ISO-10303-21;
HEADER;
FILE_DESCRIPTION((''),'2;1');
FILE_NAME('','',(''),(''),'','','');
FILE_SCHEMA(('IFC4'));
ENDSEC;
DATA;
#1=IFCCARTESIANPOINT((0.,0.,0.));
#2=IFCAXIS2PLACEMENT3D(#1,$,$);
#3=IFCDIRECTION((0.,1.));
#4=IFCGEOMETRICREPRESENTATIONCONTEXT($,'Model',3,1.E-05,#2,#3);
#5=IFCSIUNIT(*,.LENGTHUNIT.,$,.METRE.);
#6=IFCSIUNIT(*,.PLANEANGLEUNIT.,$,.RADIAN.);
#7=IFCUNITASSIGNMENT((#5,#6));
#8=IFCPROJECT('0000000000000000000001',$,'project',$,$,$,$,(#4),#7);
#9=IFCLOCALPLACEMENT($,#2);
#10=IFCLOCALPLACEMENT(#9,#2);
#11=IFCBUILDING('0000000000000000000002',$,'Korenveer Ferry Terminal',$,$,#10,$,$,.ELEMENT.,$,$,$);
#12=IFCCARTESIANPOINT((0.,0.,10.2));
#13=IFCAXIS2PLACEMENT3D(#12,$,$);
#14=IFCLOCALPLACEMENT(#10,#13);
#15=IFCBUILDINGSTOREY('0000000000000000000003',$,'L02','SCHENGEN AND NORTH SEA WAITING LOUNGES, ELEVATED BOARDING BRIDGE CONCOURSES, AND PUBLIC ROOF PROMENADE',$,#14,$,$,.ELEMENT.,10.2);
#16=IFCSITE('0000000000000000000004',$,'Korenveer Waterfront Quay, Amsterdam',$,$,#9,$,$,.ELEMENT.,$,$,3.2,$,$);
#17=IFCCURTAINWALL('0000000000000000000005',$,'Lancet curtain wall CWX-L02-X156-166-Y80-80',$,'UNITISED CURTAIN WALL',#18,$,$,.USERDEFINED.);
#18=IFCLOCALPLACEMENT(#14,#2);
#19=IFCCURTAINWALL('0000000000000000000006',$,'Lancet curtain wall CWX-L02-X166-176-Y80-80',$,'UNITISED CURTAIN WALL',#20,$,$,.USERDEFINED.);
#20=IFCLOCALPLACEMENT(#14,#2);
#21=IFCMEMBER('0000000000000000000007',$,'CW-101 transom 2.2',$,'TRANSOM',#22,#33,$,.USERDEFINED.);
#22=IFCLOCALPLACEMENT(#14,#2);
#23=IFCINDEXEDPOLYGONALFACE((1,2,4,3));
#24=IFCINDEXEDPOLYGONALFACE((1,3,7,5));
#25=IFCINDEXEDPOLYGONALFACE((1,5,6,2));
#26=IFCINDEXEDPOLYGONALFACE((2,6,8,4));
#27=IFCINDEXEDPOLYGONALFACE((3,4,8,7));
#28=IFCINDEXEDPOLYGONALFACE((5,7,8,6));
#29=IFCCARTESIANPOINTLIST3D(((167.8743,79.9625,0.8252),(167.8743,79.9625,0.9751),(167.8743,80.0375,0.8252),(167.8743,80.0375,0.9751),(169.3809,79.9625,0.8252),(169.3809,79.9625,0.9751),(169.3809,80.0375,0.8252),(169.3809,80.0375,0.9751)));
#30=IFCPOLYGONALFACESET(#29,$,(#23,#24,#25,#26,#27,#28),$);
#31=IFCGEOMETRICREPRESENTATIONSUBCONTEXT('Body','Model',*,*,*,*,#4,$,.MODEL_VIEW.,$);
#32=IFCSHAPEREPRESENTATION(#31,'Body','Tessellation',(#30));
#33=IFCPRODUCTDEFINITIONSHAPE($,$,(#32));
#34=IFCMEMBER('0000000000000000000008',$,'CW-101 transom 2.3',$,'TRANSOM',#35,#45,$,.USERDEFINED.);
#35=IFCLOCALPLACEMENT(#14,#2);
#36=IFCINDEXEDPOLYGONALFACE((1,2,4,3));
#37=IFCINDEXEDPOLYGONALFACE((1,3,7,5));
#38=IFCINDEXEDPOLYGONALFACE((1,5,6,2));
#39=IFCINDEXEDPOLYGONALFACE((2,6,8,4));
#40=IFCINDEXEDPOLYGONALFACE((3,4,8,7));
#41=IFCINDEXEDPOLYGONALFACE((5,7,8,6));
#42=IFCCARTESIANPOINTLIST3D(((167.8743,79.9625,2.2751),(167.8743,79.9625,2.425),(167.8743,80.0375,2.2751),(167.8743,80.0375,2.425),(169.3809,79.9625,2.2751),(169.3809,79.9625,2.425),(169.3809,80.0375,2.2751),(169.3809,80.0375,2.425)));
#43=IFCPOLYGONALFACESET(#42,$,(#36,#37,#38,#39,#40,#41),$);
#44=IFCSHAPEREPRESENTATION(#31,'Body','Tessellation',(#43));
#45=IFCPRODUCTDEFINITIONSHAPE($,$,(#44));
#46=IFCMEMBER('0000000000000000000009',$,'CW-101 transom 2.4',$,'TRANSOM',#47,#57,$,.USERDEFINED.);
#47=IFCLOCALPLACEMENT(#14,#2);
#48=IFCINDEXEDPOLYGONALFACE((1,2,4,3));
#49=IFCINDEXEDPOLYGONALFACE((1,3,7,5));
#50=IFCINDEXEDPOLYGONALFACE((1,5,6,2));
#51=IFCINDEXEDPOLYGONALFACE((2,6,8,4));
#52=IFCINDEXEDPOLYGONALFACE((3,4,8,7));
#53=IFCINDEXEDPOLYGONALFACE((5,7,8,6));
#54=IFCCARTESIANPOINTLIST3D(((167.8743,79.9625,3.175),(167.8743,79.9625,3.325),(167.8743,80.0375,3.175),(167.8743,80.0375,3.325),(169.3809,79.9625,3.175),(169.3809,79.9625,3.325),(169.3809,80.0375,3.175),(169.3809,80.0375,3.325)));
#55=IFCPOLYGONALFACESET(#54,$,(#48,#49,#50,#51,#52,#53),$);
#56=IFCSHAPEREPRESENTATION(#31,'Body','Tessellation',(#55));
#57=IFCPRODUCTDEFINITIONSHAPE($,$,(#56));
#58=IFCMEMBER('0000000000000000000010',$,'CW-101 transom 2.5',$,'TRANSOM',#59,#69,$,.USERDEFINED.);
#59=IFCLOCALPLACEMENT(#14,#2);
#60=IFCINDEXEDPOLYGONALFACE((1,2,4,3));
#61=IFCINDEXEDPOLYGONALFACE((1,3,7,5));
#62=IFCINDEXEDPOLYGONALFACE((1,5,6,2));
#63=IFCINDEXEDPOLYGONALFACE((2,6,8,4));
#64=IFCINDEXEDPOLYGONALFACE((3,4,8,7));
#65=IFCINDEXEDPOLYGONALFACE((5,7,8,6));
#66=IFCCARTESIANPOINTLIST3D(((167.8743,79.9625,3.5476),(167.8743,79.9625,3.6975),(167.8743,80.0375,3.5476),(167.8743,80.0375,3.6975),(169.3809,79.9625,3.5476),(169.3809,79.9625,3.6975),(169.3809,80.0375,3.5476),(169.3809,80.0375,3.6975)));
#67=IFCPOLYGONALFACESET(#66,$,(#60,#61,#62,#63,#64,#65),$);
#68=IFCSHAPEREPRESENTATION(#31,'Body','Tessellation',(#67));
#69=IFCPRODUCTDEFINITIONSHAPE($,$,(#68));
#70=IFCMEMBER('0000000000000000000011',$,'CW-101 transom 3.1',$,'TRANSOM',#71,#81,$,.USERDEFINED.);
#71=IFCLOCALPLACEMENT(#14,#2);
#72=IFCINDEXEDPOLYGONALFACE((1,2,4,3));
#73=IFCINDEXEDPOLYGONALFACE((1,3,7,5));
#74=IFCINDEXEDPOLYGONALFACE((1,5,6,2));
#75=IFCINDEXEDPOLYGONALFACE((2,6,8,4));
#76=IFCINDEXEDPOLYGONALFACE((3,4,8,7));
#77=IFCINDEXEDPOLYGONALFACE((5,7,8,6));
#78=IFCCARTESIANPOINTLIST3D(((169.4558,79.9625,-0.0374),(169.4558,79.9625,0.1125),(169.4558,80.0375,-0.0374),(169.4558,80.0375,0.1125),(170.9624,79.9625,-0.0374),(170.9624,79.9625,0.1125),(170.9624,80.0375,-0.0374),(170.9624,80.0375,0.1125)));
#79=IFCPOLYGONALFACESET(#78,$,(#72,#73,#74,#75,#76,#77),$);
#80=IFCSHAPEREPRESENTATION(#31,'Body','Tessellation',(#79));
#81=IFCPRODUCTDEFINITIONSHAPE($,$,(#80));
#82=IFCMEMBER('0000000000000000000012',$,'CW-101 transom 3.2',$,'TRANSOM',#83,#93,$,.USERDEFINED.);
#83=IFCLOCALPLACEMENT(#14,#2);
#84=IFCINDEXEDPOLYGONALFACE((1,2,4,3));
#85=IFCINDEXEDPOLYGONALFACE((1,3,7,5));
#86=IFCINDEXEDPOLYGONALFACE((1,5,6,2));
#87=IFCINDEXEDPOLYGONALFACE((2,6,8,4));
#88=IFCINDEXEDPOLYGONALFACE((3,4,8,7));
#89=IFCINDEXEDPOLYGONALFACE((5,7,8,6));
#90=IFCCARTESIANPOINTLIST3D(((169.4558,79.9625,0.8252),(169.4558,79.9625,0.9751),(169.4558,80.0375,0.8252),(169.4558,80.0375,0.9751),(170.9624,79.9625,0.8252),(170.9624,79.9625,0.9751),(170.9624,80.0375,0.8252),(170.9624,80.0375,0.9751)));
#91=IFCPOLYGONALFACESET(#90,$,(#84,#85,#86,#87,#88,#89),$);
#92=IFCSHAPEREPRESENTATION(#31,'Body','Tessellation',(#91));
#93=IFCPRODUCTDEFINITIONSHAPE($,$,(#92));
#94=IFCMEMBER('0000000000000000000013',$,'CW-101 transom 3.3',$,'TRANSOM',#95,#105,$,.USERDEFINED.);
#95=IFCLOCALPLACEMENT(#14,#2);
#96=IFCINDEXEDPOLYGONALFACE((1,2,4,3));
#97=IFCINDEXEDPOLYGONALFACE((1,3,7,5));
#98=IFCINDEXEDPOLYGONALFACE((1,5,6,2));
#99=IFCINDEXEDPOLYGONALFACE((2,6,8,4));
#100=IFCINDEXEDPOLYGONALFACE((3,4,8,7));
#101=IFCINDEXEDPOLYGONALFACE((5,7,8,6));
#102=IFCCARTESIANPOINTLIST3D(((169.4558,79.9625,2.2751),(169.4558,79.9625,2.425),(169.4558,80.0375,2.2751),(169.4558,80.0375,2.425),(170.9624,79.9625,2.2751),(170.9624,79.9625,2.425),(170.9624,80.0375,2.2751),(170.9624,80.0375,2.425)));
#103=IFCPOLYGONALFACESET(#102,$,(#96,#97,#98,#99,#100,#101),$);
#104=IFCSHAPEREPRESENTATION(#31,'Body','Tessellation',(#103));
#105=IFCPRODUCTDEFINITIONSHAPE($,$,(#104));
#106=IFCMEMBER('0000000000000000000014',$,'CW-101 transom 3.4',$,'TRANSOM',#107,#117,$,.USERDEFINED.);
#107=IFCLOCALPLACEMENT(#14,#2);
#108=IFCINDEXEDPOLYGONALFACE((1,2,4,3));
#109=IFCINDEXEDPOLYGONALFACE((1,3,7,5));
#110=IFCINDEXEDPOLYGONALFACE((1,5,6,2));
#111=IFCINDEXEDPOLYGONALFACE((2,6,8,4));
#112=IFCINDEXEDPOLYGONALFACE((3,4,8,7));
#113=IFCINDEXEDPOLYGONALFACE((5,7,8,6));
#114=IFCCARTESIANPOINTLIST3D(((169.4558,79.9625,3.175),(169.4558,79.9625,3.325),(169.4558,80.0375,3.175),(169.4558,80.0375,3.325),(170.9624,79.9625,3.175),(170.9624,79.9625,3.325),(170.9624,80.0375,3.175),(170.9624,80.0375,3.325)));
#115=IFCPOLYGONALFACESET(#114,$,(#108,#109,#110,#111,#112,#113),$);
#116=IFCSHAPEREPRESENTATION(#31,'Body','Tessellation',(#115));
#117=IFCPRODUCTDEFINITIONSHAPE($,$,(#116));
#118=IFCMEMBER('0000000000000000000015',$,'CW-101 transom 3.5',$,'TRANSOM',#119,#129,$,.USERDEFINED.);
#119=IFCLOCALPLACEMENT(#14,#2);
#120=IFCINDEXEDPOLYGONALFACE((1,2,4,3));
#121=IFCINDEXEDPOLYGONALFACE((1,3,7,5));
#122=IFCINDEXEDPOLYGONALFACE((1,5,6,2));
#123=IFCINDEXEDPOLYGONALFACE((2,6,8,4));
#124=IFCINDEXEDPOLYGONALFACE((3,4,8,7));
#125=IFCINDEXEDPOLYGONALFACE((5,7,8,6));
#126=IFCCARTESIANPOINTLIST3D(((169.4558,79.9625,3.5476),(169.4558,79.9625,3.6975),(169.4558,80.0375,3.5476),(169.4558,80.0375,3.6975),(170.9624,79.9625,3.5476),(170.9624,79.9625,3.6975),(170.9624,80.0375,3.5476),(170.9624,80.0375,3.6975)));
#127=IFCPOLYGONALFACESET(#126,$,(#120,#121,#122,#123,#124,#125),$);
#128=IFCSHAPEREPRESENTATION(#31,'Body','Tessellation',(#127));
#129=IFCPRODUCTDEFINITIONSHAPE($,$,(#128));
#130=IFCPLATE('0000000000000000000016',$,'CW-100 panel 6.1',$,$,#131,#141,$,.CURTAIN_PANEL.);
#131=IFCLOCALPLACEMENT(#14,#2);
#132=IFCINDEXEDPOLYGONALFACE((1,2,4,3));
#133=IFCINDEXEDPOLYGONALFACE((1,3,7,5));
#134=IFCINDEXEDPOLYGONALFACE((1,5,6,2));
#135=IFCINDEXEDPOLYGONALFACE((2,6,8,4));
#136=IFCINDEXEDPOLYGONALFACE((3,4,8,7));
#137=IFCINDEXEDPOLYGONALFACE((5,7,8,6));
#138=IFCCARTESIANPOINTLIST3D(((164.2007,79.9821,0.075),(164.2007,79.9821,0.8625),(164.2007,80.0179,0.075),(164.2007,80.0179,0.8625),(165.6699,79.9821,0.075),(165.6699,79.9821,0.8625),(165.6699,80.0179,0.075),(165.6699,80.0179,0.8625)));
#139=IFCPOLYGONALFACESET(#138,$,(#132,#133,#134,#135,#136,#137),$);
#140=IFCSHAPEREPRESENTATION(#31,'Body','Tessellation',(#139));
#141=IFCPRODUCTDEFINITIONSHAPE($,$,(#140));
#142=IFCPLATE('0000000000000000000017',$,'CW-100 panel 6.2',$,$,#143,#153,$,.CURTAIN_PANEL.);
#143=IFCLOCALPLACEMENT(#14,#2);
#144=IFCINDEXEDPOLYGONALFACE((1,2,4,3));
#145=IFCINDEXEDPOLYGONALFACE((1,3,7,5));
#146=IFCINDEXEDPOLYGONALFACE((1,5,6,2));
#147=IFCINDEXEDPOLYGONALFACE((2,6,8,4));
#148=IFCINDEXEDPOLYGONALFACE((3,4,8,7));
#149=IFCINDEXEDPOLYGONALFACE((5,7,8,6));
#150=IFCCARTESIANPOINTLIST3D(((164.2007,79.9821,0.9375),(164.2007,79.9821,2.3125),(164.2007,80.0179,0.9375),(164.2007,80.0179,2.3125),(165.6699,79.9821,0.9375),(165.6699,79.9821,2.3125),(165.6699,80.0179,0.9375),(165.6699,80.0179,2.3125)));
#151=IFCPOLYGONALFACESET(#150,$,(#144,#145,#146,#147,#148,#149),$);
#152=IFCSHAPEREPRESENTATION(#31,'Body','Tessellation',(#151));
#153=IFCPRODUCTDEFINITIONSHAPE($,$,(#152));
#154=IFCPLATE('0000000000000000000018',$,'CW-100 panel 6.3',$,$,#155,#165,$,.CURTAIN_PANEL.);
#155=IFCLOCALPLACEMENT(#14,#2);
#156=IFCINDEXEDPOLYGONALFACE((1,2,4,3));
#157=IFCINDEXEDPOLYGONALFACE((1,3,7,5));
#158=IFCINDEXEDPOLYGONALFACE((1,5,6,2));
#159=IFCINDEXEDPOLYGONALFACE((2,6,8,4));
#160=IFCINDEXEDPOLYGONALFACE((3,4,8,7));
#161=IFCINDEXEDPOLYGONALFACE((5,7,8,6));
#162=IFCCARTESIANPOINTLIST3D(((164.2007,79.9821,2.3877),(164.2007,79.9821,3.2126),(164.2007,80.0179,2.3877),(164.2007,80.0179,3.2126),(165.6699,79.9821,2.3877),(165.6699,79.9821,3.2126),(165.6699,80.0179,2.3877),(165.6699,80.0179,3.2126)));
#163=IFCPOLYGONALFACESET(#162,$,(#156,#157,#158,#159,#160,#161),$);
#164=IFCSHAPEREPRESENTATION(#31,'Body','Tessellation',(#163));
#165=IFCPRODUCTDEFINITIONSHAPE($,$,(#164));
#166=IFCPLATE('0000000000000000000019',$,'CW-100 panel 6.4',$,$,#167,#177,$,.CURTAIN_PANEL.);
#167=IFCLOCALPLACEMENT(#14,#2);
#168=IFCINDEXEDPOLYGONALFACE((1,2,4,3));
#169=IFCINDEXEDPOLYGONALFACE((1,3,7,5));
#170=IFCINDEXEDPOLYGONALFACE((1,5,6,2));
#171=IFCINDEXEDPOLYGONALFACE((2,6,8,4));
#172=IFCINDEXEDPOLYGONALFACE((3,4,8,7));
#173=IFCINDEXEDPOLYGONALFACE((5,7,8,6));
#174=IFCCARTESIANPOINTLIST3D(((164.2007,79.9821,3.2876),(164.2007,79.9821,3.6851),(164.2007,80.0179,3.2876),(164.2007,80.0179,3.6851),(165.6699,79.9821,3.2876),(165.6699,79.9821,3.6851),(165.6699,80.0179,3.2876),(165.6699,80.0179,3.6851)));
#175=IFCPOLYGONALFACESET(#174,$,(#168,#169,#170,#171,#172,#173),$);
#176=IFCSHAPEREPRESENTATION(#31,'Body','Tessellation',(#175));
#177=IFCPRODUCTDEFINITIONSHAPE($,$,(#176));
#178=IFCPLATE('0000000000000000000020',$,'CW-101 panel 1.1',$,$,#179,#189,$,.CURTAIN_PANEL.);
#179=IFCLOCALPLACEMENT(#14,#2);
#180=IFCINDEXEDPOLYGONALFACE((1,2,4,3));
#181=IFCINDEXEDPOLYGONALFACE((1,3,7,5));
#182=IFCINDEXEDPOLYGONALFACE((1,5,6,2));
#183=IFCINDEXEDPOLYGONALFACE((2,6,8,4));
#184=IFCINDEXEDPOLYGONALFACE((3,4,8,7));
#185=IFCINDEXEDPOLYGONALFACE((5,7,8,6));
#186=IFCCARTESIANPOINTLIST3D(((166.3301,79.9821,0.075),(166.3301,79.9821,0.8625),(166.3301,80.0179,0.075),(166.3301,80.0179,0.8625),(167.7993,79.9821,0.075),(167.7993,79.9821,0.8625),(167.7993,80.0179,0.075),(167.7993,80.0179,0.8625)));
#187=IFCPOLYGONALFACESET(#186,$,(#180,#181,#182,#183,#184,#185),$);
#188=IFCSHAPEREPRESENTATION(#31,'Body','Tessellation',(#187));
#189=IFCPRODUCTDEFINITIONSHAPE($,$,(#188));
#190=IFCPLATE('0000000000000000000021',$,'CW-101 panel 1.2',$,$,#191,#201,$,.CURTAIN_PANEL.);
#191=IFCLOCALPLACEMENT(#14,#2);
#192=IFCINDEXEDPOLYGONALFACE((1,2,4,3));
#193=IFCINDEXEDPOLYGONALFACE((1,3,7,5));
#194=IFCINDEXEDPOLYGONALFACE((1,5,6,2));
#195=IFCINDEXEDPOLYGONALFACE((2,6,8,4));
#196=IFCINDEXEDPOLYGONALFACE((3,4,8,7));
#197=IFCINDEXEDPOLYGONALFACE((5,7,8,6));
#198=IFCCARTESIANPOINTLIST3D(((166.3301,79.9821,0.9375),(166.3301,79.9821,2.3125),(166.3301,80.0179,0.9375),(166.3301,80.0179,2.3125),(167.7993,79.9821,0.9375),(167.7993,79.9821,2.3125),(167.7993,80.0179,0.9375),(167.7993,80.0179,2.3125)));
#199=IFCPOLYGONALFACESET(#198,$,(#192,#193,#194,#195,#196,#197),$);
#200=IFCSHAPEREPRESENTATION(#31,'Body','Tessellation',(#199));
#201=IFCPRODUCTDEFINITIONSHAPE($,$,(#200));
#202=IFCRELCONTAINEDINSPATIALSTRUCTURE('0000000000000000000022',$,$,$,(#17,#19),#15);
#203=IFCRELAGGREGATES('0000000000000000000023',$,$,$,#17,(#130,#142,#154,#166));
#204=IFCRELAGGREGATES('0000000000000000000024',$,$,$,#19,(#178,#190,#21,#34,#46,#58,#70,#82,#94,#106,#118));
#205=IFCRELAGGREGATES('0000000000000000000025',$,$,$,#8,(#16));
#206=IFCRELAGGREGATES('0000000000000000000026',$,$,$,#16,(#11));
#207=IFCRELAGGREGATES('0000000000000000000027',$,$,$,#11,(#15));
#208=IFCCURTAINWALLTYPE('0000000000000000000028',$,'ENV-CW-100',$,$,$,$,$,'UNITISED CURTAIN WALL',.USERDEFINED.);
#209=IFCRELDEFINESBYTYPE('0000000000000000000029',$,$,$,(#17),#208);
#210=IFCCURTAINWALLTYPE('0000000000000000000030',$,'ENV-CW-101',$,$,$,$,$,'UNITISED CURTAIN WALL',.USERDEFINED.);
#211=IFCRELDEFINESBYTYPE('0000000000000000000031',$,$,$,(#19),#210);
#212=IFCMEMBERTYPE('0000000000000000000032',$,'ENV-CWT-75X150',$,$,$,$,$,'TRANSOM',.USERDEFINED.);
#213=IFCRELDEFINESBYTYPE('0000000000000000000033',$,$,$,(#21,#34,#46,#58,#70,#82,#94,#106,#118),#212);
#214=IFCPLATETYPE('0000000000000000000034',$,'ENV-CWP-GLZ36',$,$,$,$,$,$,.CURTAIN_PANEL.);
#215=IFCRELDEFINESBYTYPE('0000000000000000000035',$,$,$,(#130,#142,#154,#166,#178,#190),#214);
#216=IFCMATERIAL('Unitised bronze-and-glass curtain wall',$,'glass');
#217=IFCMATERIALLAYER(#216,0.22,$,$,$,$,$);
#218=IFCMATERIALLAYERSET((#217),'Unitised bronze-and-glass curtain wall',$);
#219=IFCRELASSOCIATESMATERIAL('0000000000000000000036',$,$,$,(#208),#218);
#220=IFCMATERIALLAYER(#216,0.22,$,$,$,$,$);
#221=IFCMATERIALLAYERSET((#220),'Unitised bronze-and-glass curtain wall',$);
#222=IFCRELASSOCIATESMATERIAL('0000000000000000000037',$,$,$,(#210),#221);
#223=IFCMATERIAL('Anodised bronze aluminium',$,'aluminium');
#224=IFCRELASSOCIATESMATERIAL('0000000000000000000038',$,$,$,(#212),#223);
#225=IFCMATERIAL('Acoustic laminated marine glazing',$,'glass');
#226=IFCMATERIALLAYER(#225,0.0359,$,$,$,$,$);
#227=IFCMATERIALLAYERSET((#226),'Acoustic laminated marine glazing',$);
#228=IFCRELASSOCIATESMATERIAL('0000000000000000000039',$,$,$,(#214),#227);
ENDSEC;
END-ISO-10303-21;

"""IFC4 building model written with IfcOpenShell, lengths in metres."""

from ifc_helpers import new_model, si_unit, direction, frame, origin, origin_2d, place, context, subcontext, project, spatial, rectangle, extrude, material, layer, layer_set, material_profile, profile_set, type_object, element, aggregate, save


model = new_model("IFC4")

# Units and contexts
model_context = context("Model", 3, precision=1e-05, world=origin(), true_north=direction((0.0, 1.0)))
body_context = subcontext(model_context, "Body", "Model", "MODEL_VIEW")
ifc_project = project(units=[si_unit("LENGTHUNIT", "METRE"), si_unit("PLANEANGLEUNIT", "RADIAN")], contexts=[model_context])

# Site, building, storey
site_placement = place(None, origin())
site = spatial("IfcSite", under=ifc_project, at=site_placement, Name="Korenveer Waterfront Quay, Amsterdam", CompositionType="ELEMENT", RefElevation=3.2)
building_placement = place(site_placement, origin())
building = spatial("IfcBuilding", under=site, at=building_placement, Name="Korenveer Ferry Terminal", CompositionType="ELEMENT")
storey_placement = place(building_placement, frame((0.0, 0.0, 10.2)))
storey = spatial("IfcBuildingStorey", under=building, at=storey_placement, Name="L02", Description="SCHENGEN AND NORTH SEA WAITING LOUNGES, ELEVATED BOARDING BRIDGE CONCOURSES, AND PUBLIC ROOF PROMENADE", CompositionType="ELEMENT", Elevation=10.2)

# Curtain wall
ifc_material_1 = material(Name="Unitised bronze-and-glass curtain wall", Category="glass")
ifc_layer_1 = layer(ifc_material_1, 0.22)
ifc_layer_set_1 = layer_set([ifc_layer_1], Name="Unitised bronze-and-glass curtain wall")
curtain_wall_type_1 = type_object("IfcCurtainWallType", Name="ENV-CW-100", ElementType="UNITISED CURTAIN WALL", PredefinedType="USERDEFINED", material=ifc_layer_set_1)
curtain_wall_1_placement = place(storey_placement, frame((156.2549, 80.0, 0.0)))
curtain_wall_1 = element("IfcCurtainWall", 1, at=curtain_wall_1_placement, inside=storey, type_object=curtain_wall_type_1, Name="Lancet curtain wall CWX-L02-X156-166-Y80-80", ObjectType="UNITISED CURTAIN WALL", PredefinedType="USERDEFINED")
ifc_material_2 = material(Name="Anodised bronze aluminium", Category="aluminium")

# Curtain wall
ifc_layer_2 = layer(ifc_material_1, 0.22)
ifc_layer_set_2 = layer_set([ifc_layer_2], Name="Unitised bronze-and-glass curtain wall")
curtain_wall_type_2 = type_object("IfcCurtainWallType", Name="ENV-CW-101", ElementType="UNITISED CURTAIN WALL", PredefinedType="USERDEFINED", material=ifc_layer_set_2)
curtain_wall_2_placement = place(storey_placement, frame((166.2549, 80.0, 0.0)))
curtain_wall_2 = element("IfcCurtainWall", 2, at=curtain_wall_2_placement, inside=storey, type_object=curtain_wall_type_2, Name="Lancet curtain wall CWX-L02-X166-176-Y80-80", ObjectType="UNITISED CURTAIN WALL", PredefinedType="USERDEFINED")

# Members
ifc_material_profile_1 = material_profile(ifc_material_2, rectangle(XDim=0.075, YDim=0.1499, at=origin_2d()), Name="ALU 75x150")
ifc_profile_set_1 = profile_set([ifc_material_profile_1], Name="Anodised bronze aluminium")
member_type_1 = type_object("IfcMemberType", Name="ENV-CWT-75X150", ElementType="TRANSOM", PredefinedType="USERDEFINED", material=ifc_profile_set_1)
member_1_placement = place(storey_placement, frame((167.8743, 80.0, 0.9001), z_axis=(1.0, 0.0, 0.0), x_axis=(0.0, 1.0, 0.0)))
member_1 = element("IfcMember", 3, at=member_1_placement, type_object=member_type_1, Name="CW-101 transom 2.2", ObjectType="TRANSOM", PredefinedType="USERDEFINED", context=body_context, shape_type="SweptSolid", body=[
    extrude(rectangle(XDim=0.075, YDim=0.1499, at=origin_2d()), origin(), (0.0, 0.0, 1.0), 1.5066),
])
member_2_placement = place(storey_placement, frame((167.8743, 80.0, 2.3501), z_axis=(1.0, 0.0, 0.0), x_axis=(0.0, 1.0, 0.0)))
member_2 = element("IfcMember", 4, at=member_2_placement, type_object=member_type_1, Name="CW-101 transom 2.3", ObjectType="TRANSOM", PredefinedType="USERDEFINED", context=body_context, shape_type="SweptSolid", body=[
    extrude(rectangle(XDim=0.075, YDim=0.1499, at=origin_2d()), origin(), (0.0, 0.0, 1.0), 1.5066),
])
member_3_placement = place(storey_placement, frame((167.8743, 80.0, 3.25), z_axis=(1.0, 0.0, 0.0), x_axis=(0.0, 1.0, 0.0)))
member_3 = element("IfcMember", 5, at=member_3_placement, type_object=member_type_1, Name="CW-101 transom 2.4", ObjectType="TRANSOM", PredefinedType="USERDEFINED", context=body_context, shape_type="SweptSolid", body=[
    extrude(rectangle(XDim=0.075, YDim=0.1499, at=origin_2d()), origin(), (0.0, 0.0, 1.0), 1.5066),
])
member_4_placement = place(storey_placement, frame((167.8743, 80.0, 3.6226), z_axis=(1.0, 0.0, 0.0), x_axis=(0.0, 1.0, 0.0)))
member_4 = element("IfcMember", 6, at=member_4_placement, type_object=member_type_1, Name="CW-101 transom 2.5", ObjectType="TRANSOM", PredefinedType="USERDEFINED", context=body_context, shape_type="SweptSolid", body=[
    extrude(rectangle(XDim=0.075, YDim=0.1499, at=origin_2d()), origin(), (0.0, 0.0, 1.0), 1.5066),
])
member_5_placement = place(storey_placement, frame((169.4558, 80.0, 0.0376), z_axis=(1.0, 0.0, 0.0), x_axis=(0.0, 1.0, 0.0)))
member_5 = element("IfcMember", 7, at=member_5_placement, type_object=member_type_1, Name="CW-101 transom 3.1", ObjectType="TRANSOM", PredefinedType="USERDEFINED", context=body_context, shape_type="SweptSolid", body=[
    extrude(rectangle(XDim=0.075, YDim=0.1499, at=origin_2d()), origin(), (0.0, 0.0, 1.0), 1.5066),
])
member_6_placement = place(storey_placement, frame((169.4558, 80.0, 0.9001), z_axis=(1.0, 0.0, 0.0), x_axis=(0.0, 1.0, 0.0)))
member_6 = element("IfcMember", 8, at=member_6_placement, type_object=member_type_1, Name="CW-101 transom 3.2", ObjectType="TRANSOM", PredefinedType="USERDEFINED", context=body_context, shape_type="SweptSolid", body=[
    extrude(rectangle(XDim=0.075, YDim=0.1499, at=origin_2d()), origin(), (0.0, 0.0, 1.0), 1.5066),
])
member_7_placement = place(storey_placement, frame((169.4558, 80.0, 2.3501), z_axis=(1.0, 0.0, 0.0), x_axis=(0.0, 1.0, 0.0)))
member_7 = element("IfcMember", 9, at=member_7_placement, type_object=member_type_1, Name="CW-101 transom 3.3", ObjectType="TRANSOM", PredefinedType="USERDEFINED", context=body_context, shape_type="SweptSolid", body=[
    extrude(rectangle(XDim=0.075, YDim=0.1499, at=origin_2d()), origin(), (0.0, 0.0, 1.0), 1.5066),
])
member_8_placement = place(storey_placement, frame((169.4558, 80.0, 3.25), z_axis=(1.0, 0.0, 0.0), x_axis=(0.0, 1.0, 0.0)))
member_8 = element("IfcMember", 10, at=member_8_placement, type_object=member_type_1, Name="CW-101 transom 3.4", ObjectType="TRANSOM", PredefinedType="USERDEFINED", context=body_context, shape_type="SweptSolid", body=[
    extrude(rectangle(XDim=0.075, YDim=0.1499, at=origin_2d()), origin(), (0.0, 0.0, 1.0), 1.5066),
])
member_9_placement = place(storey_placement, frame((169.4558, 80.0, 3.6226), z_axis=(1.0, 0.0, 0.0), x_axis=(0.0, 1.0, 0.0)))
member_9 = element("IfcMember", 11, at=member_9_placement, type_object=member_type_1, Name="CW-101 transom 3.5", ObjectType="TRANSOM", PredefinedType="USERDEFINED", context=body_context, shape_type="SweptSolid", body=[
    extrude(rectangle(XDim=0.075, YDim=0.1499, at=origin_2d()), origin(), (0.0, 0.0, 1.0), 1.5066),
])

# Plates
ifc_material_3 = material(Name="Acoustic laminated marine glazing", Category="glass")
ifc_layer_3 = layer(ifc_material_3, 0.0359)
ifc_layer_set_3 = layer_set([ifc_layer_3], Name="Acoustic laminated marine glazing")
plate_type = type_object("IfcPlateType", Name="ENV-CWP-GLZ36", PredefinedType="CURTAIN_PANEL", material=ifc_layer_set_3)
plate_1_placement = place(storey_placement, frame((164.9353, 80.0, 0.075), z_axis=(0.0, 0.0, 1.0), x_axis=(1.0, 0.0, 0.0)))
plate_1 = element("IfcPlate", 12, at=plate_1_placement, type_object=plate_type, Name="CW-100 panel 6.1", PredefinedType="CURTAIN_PANEL", context=body_context, shape_type="SweptSolid", body=[
    extrude(rectangle(XDim=1.4692, YDim=0.0359, at=origin_2d()), origin(), (0.0, 0.0, 1.0), 0.7876),
])
plate_2_placement = place(storey_placement, frame((164.9353, 80.0, 0.9375), z_axis=(0.0, 0.0, 1.0), x_axis=(1.0, 0.0, 0.0)))
plate_2 = element("IfcPlate", 13, at=plate_2_placement, type_object=plate_type, Name="CW-100 panel 6.2", PredefinedType="CURTAIN_PANEL", context=body_context, shape_type="SweptSolid", body=[
    extrude(rectangle(XDim=1.4692, YDim=0.0359, at=origin_2d()), origin(), (0.0, 0.0, 1.0), 1.375),
])
plate_3_placement = place(storey_placement, frame((164.9353, 80.0, 2.3877), z_axis=(0.0, 0.0, 1.0), x_axis=(1.0, 0.0, 0.0)))
plate_3 = element("IfcPlate", 14, at=plate_3_placement, type_object=plate_type, Name="CW-100 panel 6.3", PredefinedType="CURTAIN_PANEL", context=body_context, shape_type="SweptSolid", body=[
    extrude(rectangle(XDim=1.4692, YDim=0.0359, at=origin_2d()), origin(), (0.0, 0.0, 1.0), 0.825),
])
plate_4_placement = place(storey_placement, frame((164.9353, 80.0, 3.2876), z_axis=(0.0, 0.0, 1.0), x_axis=(1.0, 0.0, 0.0)))
plate_4 = element("IfcPlate", 15, at=plate_4_placement, type_object=plate_type, Name="CW-100 panel 6.4", PredefinedType="CURTAIN_PANEL", context=body_context, shape_type="SweptSolid", body=[
    extrude(rectangle(XDim=1.4692, YDim=0.0359, at=origin_2d()), origin(), (0.0, 0.0, 1.0), 0.3975),
])
aggregate(curtain_wall_1, [plate_1, plate_2, plate_3, plate_4])
plate_5_placement = place(storey_placement, frame((167.0647, 80.0, 0.075), z_axis=(0.0, 0.0, 1.0), x_axis=(1.0, 0.0, 0.0)))
plate_5 = element("IfcPlate", 16, at=plate_5_placement, type_object=plate_type, Name="CW-101 panel 1.1", PredefinedType="CURTAIN_PANEL", context=body_context, shape_type="SweptSolid", body=[
    extrude(rectangle(XDim=1.4692, YDim=0.0359, at=origin_2d()), origin(), (0.0, 0.0, 1.0), 0.7876),
])
plate_6_placement = place(storey_placement, frame((167.0647, 80.0, 0.9375), z_axis=(0.0, 0.0, 1.0), x_axis=(1.0, 0.0, 0.0)))
plate_6 = element("IfcPlate", 17, at=plate_6_placement, type_object=plate_type, Name="CW-101 panel 1.2", PredefinedType="CURTAIN_PANEL", context=body_context, shape_type="SweptSolid", body=[
    extrude(rectangle(XDim=1.4692, YDim=0.0359, at=origin_2d()), origin(), (0.0, 0.0, 1.0), 1.375),
])
aggregate(curtain_wall_2, [plate_5, plate_6, member_1, member_2, member_3, member_4, member_5, member_6, member_7, member_8, member_9])

save(model, "model.ifc")
